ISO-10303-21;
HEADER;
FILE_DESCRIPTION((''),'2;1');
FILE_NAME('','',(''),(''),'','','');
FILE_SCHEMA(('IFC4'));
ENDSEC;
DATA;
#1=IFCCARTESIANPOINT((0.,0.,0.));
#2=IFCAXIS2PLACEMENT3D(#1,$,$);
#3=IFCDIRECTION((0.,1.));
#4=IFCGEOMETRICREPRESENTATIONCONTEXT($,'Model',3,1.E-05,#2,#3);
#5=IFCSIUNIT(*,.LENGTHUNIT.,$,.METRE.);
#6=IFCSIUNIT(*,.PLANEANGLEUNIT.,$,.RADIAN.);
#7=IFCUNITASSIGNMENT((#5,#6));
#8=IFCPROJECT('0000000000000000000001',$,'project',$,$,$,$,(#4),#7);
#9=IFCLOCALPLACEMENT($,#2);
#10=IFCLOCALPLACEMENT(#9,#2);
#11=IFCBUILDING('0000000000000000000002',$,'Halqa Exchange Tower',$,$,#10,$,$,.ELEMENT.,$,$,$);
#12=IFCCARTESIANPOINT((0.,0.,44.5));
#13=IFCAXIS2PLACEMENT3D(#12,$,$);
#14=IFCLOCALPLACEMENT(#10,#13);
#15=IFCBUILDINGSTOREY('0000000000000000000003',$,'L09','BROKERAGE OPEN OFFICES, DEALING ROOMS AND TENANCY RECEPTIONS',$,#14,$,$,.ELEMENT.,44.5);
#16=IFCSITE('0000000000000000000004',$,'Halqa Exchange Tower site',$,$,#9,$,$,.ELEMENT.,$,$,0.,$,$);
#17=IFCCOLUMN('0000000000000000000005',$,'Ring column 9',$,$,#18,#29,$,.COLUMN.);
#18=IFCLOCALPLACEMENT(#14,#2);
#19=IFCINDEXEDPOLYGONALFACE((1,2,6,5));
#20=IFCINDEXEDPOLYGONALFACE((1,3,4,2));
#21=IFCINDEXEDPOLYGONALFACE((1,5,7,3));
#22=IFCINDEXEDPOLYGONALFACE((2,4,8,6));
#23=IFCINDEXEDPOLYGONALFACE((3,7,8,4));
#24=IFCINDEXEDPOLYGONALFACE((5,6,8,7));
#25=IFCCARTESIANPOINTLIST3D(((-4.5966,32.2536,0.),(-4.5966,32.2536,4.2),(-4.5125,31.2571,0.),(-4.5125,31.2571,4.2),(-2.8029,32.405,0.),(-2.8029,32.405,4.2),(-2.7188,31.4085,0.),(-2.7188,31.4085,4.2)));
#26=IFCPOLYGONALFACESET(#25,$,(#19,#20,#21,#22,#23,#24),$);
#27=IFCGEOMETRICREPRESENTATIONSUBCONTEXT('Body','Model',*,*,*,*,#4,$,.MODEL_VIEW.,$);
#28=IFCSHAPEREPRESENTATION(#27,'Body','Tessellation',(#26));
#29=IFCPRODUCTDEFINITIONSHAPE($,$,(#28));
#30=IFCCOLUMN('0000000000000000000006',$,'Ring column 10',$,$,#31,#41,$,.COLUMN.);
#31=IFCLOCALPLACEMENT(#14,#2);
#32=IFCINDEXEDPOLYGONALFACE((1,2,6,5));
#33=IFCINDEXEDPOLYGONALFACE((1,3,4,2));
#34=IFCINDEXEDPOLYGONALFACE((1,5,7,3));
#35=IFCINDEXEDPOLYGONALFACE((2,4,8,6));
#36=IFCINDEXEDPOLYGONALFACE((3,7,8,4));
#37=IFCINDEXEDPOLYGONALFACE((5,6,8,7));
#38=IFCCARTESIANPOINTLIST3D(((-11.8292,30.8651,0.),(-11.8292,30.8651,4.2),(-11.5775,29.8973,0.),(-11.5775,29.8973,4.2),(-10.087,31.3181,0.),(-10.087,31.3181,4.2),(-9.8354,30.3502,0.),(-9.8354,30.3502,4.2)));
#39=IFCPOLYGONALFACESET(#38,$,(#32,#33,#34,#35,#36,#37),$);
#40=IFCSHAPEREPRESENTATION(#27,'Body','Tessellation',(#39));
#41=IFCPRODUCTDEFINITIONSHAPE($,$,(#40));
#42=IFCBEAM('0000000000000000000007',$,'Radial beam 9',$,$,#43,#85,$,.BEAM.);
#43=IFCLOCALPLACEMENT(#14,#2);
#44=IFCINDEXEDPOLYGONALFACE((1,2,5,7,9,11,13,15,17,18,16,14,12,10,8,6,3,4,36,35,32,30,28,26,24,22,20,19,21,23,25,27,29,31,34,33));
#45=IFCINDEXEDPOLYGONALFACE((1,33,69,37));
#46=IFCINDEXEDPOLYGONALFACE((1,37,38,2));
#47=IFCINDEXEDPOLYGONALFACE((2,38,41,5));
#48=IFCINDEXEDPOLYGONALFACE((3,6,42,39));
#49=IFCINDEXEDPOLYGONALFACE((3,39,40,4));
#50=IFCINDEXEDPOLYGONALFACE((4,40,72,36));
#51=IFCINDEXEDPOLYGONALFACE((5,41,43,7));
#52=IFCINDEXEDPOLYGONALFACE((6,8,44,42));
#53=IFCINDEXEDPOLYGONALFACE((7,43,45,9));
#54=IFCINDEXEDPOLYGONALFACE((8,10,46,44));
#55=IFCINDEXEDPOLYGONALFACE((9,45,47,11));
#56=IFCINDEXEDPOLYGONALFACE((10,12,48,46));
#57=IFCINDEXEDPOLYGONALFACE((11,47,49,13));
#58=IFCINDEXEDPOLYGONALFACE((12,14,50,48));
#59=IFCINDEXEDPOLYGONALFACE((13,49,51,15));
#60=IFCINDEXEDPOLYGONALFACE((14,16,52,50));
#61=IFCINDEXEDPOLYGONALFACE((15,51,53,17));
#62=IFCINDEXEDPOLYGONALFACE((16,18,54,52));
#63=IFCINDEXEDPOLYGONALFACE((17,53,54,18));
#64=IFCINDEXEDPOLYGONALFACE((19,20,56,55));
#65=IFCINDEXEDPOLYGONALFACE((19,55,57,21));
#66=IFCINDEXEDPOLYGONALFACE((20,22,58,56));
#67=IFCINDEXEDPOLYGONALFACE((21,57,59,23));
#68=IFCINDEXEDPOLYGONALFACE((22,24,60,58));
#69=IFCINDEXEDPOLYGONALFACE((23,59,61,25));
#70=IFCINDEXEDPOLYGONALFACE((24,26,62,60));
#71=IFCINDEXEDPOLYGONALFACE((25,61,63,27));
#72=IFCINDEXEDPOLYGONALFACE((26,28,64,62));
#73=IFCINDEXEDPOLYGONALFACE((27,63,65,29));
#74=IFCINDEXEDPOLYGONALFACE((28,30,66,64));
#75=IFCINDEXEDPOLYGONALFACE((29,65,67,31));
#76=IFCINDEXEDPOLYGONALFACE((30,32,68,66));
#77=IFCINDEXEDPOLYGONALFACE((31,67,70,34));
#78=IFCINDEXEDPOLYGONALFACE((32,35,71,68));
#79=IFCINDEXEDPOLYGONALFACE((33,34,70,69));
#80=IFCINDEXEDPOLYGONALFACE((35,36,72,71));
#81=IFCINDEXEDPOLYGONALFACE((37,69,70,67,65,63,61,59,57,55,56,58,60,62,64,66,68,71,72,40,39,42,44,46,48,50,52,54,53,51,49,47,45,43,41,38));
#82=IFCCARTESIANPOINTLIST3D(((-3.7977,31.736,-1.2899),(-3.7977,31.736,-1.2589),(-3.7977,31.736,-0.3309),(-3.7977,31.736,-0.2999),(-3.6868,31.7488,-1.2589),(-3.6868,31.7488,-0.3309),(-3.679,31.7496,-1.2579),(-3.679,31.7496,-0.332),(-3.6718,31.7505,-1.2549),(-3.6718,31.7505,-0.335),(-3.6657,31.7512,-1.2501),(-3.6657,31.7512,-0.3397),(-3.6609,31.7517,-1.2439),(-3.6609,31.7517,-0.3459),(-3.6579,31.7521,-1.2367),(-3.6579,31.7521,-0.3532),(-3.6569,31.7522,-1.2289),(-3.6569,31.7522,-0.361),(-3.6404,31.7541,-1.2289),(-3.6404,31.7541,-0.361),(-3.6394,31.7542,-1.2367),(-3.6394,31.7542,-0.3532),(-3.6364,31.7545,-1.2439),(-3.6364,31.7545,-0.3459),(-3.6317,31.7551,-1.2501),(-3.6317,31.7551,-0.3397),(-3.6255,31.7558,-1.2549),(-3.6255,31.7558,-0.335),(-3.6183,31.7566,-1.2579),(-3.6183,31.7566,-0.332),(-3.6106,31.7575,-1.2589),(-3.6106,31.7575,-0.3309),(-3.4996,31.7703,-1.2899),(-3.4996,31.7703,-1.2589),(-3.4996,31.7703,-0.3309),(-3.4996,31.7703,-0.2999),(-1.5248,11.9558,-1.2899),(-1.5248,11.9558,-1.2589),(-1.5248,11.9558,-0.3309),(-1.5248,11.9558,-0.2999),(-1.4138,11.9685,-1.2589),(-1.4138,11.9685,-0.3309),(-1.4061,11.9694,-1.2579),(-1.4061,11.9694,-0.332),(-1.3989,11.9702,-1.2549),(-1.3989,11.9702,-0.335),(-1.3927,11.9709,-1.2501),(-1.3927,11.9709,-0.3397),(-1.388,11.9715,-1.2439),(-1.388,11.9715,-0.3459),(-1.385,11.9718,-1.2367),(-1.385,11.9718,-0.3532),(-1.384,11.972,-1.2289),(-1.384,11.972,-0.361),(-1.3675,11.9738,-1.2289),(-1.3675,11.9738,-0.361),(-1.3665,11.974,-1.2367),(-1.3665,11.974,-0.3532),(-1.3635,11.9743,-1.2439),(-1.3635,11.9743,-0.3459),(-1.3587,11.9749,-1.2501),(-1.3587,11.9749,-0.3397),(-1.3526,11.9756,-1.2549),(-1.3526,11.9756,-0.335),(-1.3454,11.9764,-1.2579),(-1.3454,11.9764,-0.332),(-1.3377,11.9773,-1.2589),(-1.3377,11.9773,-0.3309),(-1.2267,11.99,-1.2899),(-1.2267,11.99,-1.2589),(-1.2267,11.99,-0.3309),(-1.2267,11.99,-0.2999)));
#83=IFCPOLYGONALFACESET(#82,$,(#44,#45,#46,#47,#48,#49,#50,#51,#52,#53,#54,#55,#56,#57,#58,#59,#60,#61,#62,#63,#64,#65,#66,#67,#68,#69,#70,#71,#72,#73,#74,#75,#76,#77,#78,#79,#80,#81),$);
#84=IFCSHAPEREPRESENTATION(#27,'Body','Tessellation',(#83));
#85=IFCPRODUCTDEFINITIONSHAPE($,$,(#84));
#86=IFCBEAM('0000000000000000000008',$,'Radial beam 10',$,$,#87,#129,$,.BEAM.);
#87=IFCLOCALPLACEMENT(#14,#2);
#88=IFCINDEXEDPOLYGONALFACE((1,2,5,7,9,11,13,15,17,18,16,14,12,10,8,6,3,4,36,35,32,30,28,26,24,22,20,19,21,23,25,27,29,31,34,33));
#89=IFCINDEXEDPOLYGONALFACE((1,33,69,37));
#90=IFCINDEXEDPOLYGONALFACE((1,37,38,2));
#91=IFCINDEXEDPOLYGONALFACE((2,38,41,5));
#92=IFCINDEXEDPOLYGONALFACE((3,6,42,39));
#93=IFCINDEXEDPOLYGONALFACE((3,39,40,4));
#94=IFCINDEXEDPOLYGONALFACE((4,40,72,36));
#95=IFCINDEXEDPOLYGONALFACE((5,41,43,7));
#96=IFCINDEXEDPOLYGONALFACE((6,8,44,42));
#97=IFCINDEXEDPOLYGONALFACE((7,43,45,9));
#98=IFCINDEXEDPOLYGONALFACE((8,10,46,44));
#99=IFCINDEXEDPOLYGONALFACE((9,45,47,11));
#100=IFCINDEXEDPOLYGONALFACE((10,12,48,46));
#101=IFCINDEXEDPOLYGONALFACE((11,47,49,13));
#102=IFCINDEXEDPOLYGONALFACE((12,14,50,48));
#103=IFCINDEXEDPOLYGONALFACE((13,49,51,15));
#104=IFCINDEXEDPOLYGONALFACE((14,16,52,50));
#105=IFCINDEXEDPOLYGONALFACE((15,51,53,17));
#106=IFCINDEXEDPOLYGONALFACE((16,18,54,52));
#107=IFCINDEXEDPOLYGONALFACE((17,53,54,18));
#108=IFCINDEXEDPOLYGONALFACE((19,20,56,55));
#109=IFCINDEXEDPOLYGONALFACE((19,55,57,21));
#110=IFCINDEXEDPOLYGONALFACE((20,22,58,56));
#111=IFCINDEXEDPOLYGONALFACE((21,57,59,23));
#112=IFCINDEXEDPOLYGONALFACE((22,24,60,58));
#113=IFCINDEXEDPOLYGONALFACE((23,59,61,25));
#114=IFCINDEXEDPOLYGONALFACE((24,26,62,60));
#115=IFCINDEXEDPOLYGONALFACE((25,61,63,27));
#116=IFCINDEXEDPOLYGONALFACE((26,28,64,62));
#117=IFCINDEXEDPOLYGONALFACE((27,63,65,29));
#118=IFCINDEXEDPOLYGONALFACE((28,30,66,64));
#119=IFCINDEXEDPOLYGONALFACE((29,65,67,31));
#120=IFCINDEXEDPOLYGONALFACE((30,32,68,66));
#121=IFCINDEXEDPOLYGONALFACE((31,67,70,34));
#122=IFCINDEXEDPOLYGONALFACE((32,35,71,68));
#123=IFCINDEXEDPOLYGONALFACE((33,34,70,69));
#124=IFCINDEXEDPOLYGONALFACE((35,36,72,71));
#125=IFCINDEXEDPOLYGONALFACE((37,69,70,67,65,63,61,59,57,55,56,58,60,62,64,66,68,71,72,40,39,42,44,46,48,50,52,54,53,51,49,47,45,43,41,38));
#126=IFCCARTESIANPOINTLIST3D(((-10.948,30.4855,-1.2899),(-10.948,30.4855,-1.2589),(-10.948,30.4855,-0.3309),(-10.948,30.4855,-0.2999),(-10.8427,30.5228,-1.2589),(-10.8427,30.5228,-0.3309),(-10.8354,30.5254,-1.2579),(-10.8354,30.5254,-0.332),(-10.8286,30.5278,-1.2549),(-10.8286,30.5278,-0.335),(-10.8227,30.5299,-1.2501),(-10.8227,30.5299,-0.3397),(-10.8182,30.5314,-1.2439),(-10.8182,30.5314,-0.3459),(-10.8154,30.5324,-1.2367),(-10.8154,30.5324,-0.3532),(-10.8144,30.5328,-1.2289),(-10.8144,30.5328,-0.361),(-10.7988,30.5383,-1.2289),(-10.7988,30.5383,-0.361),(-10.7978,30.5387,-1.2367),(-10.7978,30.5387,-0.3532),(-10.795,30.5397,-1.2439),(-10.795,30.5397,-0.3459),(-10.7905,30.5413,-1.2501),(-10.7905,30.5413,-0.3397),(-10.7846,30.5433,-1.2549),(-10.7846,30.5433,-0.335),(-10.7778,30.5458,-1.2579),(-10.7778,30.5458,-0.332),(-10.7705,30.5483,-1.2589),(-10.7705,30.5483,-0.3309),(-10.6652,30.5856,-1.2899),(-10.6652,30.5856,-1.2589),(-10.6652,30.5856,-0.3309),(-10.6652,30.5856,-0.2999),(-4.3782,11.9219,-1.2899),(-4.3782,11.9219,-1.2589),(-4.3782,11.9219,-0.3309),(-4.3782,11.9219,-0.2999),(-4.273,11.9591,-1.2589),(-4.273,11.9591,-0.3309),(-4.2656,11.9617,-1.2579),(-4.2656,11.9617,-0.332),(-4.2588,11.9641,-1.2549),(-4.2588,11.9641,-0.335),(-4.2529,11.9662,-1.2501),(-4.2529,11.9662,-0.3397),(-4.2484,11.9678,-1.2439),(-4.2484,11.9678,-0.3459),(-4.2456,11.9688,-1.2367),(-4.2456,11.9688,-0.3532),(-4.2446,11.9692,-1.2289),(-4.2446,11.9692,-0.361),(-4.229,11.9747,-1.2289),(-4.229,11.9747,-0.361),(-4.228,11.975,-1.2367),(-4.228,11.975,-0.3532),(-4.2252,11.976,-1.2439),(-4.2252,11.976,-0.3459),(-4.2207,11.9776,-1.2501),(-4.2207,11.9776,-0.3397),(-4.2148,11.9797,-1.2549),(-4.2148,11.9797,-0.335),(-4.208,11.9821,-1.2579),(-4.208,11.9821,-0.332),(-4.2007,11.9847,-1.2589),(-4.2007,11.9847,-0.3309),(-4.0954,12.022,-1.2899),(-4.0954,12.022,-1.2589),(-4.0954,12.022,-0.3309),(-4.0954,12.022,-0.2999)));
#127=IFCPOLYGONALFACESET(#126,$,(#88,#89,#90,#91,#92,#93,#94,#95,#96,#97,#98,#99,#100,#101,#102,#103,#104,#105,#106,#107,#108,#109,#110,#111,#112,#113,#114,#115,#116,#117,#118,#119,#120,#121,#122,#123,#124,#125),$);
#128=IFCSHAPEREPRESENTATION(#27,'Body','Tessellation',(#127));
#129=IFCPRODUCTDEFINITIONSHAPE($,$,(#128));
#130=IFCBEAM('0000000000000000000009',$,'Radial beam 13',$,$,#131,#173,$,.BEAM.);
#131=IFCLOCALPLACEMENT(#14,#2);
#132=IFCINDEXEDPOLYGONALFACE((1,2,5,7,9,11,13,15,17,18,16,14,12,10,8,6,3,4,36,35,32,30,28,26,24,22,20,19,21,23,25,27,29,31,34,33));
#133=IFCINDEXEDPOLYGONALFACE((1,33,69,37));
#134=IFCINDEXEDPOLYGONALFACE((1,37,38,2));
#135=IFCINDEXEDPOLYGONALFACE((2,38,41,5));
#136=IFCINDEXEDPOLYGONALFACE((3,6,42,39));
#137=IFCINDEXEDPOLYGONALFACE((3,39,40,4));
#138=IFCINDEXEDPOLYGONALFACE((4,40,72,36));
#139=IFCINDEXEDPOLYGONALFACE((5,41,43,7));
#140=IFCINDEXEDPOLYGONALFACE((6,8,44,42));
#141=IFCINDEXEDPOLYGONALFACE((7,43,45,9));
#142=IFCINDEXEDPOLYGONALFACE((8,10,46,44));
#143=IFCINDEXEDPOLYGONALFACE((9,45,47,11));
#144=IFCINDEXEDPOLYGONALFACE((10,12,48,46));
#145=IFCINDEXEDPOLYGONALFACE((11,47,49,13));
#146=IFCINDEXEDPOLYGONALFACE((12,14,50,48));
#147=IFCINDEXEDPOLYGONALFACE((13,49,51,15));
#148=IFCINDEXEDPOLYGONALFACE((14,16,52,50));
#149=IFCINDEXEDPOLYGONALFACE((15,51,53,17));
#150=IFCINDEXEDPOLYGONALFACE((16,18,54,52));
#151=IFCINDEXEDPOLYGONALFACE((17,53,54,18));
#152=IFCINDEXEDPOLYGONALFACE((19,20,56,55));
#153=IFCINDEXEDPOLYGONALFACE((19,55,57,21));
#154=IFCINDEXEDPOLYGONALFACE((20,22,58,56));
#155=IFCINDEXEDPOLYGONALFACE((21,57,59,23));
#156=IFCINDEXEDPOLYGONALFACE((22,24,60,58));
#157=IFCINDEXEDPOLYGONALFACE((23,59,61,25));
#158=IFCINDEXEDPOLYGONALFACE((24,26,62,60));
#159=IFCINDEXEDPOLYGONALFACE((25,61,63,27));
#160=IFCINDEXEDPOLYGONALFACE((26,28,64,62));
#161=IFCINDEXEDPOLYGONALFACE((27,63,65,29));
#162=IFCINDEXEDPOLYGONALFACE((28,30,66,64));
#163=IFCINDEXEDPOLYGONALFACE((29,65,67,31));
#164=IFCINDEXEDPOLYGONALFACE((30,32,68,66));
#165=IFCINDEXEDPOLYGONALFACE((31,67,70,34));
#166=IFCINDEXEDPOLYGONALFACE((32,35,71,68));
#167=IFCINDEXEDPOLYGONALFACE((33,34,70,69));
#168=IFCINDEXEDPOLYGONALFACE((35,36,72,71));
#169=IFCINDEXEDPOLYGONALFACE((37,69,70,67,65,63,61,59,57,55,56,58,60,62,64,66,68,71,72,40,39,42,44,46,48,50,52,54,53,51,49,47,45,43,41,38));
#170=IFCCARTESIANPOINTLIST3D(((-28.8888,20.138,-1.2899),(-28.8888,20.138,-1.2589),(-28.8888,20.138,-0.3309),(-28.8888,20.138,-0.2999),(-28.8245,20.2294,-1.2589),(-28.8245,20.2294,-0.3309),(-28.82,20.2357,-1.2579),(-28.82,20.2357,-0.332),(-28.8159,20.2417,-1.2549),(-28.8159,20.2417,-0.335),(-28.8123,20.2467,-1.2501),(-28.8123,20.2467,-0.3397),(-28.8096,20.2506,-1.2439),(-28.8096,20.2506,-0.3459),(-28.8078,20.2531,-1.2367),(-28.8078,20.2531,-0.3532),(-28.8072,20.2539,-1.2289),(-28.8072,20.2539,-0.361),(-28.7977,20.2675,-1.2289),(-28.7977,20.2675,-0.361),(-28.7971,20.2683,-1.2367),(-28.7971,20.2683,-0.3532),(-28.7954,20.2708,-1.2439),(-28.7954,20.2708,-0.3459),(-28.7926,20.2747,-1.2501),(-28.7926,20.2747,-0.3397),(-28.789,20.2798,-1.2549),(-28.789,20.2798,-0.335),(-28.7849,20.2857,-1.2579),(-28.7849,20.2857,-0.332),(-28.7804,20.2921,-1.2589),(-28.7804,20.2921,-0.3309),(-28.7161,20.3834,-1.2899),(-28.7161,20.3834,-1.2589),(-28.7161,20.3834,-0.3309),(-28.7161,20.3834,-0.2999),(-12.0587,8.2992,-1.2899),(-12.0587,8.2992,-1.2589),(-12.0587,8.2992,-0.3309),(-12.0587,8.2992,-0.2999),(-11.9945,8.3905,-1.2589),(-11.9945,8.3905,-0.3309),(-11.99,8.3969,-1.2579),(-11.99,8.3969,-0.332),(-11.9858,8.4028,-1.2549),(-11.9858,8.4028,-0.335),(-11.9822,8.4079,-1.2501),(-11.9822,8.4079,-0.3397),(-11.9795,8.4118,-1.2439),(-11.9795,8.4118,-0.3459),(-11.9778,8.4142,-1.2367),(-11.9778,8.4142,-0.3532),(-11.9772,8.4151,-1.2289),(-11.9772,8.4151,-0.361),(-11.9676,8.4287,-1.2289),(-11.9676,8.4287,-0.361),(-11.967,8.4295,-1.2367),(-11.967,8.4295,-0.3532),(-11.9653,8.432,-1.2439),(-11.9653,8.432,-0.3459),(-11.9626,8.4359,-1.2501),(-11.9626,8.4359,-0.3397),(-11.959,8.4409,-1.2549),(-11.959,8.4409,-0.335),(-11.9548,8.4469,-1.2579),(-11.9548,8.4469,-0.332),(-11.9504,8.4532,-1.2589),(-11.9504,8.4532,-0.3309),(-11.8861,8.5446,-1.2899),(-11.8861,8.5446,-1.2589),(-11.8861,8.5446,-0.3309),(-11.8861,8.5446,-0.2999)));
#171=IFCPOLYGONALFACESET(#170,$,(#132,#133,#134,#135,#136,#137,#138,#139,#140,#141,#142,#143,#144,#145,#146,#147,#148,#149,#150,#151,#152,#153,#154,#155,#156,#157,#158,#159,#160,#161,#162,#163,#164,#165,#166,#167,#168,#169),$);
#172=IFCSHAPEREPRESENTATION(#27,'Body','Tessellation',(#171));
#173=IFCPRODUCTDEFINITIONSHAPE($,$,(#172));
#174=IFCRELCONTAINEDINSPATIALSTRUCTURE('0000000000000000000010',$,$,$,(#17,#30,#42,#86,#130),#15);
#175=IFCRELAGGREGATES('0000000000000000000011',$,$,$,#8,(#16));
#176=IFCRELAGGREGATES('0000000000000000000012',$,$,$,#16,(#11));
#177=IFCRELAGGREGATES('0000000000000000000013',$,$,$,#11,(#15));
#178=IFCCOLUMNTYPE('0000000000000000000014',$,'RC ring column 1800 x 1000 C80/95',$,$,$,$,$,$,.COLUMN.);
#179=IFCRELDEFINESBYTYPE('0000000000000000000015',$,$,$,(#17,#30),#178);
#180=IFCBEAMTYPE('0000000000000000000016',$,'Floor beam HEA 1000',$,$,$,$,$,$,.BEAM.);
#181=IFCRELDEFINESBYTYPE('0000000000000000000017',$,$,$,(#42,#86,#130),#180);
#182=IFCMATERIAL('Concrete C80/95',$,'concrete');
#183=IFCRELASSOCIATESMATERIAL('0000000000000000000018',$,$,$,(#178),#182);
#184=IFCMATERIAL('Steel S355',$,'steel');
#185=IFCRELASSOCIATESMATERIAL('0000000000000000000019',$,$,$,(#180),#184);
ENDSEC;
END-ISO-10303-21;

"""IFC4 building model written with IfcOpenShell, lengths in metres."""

from ifc_helpers import new_model, si_unit, direction, frame, origin, origin_2d, place, context, subcontext, project, spatial, rectangle, i_section, extrude, material, material_profile, profile_set, type_object, element, save


model = new_model("IFC4")

# Units and contexts
model_context = context("Model", 3, precision=1e-05, world=origin(), true_north=direction((0.0, 1.0)))
body_context = subcontext(model_context, "Body", "Model", "MODEL_VIEW")
ifc_project = project(units=[si_unit("LENGTHUNIT", "METRE"), si_unit("PLANEANGLEUNIT", "RADIAN")], contexts=[model_context])

# Site, building, storey
site_placement = place(None, origin())
site = spatial("IfcSite", under=ifc_project, at=site_placement, Name="Halqa Exchange Tower site", CompositionType="ELEMENT", RefElevation=0.0)
building_placement = place(site_placement, origin())
building = spatial("IfcBuilding", under=site, at=building_placement, Name="Halqa Exchange Tower", CompositionType="ELEMENT")
storey_placement = place(building_placement, frame((0.0, 0.0, 44.5)))
storey = spatial("IfcBuildingStorey", under=building, at=storey_placement, Name="L09", Description="BROKERAGE OPEN OFFICES, DEALING ROOMS AND TENANCY RECEPTIONS", CompositionType="ELEMENT", Elevation=44.5)

# Columns
ifc_material_1 = material(Name="Concrete C80/95", Category="concrete")
ifc_material_profile_1 = material_profile(ifc_material_1, rectangle(XDim=1.8, YDim=1.0, at=origin_2d()), Name="1800 x 1000")
ifc_profile_set_1 = profile_set([ifc_material_profile_1], Name="Concrete C80/95")
column_type = type_object("IfcColumnType", Name="RC ring column 1800 x 1000 C80/95", PredefinedType="COLUMN", material=ifc_profile_set_1)
for number, where, z_axis, x_axis, name in (
    (1, (-3.6577, 31.8311, 0.0), (0.0, 0.0, 1.0), (-0.996455, -0.084125, 0.0), "Ring column 9"),
    (2, (-10.8323, 30.6077, 0.0), (0.0, 0.0, 1.0), (-0.96782, -0.251644, 0.0), "Ring column 10"),
):
    element("IfcColumn", number, at=place(storey_placement, frame(where, z_axis=z_axis, x_axis=x_axis)), inside=storey, type_object=column_type, Name=name, PredefinedType="COLUMN", context=body_context, shape_type="SweptSolid", body=[
        extrude(rectangle(XDim=1.8, YDim=1.0, at=origin_2d()), origin(), (0.0, 0.0, 1.0), 4.2),
    ])

# Beams
ifc_material_2 = material(Name="Steel S355", Category="steel")
ifc_material_profile_2 = material_profile(ifc_material_2, i_section(OverallWidth=0.3, OverallDepth=0.99, WebThickness=0.0166, FlangeThickness=0.031, FilletRadius=0.03, at=origin_2d()), Name="HEA 1000")
ifc_profile_set_2 = profile_set([ifc_material_profile_2], Name="Steel S355")
beam_type_1 = type_object("IfcBeamType", Name="Floor beam HEA 1000", PredefinedType="BEAM", material=ifc_profile_set_2)
beam_1_placement = place(storey_placement, frame((-1.3757, 11.9729, -0.7949), z_axis=(-0.114159, 0.993463, 0.0), x_axis=(-0.993463, -0.114159, 0.0)))
element("IfcBeam", 3, at=beam_1_placement, inside=storey, type_object=beam_type_1, Name="Radial beam 9", PredefinedType="BEAM", context=body_context, shape_type="SweptSolid", body=[
    extrude(i_section(OverallWidth=0.3, OverallDepth=0.99, WebThickness=0.0166, FlangeThickness=0.031, FilletRadius=0.03, at=origin_2d()), origin(), (0.0, 0.0, 1.0), 19.9104),
])
beam_2_placement = place(storey_placement, frame((-4.2368, 11.9719, -0.7949), z_axis=(-0.333629, 0.942704, 0.0), x_axis=(-0.942704, -0.333629, 0.0)))
element("IfcBeam", 4, at=beam_2_placement, inside=storey, type_object=beam_type_1, Name="Radial beam 10", PredefinedType="BEAM", context=body_context, shape_type="SweptSolid", body=[
    extrude(i_section(OverallWidth=0.3, OverallDepth=0.99, WebThickness=0.0166, FlangeThickness=0.031, FilletRadius=0.03, at=origin_2d()), origin(), (0.0, 0.0, 1.0), 19.6919),
])
beam_3_placement = place(storey_placement, frame((-11.9724, 8.4219, -0.7949), z_axis=(-0.81791, 0.575346, 0.0), x_axis=(-0.575346, -0.81791, 0.0)))
element("IfcBeam", 5, at=beam_3_placement, inside=storey, type_object=beam_type_1, Name="Radial beam 13", PredefinedType="BEAM", context=body_context, shape_type="SweptSolid", body=[
    extrude(i_section(OverallWidth=0.3, OverallDepth=0.99, WebThickness=0.0166, FlangeThickness=0.031, FilletRadius=0.03, at=origin_2d()), origin(), (0.0, 0.0, 1.0), 20.5769),
])

save(model, "model.ifc")
